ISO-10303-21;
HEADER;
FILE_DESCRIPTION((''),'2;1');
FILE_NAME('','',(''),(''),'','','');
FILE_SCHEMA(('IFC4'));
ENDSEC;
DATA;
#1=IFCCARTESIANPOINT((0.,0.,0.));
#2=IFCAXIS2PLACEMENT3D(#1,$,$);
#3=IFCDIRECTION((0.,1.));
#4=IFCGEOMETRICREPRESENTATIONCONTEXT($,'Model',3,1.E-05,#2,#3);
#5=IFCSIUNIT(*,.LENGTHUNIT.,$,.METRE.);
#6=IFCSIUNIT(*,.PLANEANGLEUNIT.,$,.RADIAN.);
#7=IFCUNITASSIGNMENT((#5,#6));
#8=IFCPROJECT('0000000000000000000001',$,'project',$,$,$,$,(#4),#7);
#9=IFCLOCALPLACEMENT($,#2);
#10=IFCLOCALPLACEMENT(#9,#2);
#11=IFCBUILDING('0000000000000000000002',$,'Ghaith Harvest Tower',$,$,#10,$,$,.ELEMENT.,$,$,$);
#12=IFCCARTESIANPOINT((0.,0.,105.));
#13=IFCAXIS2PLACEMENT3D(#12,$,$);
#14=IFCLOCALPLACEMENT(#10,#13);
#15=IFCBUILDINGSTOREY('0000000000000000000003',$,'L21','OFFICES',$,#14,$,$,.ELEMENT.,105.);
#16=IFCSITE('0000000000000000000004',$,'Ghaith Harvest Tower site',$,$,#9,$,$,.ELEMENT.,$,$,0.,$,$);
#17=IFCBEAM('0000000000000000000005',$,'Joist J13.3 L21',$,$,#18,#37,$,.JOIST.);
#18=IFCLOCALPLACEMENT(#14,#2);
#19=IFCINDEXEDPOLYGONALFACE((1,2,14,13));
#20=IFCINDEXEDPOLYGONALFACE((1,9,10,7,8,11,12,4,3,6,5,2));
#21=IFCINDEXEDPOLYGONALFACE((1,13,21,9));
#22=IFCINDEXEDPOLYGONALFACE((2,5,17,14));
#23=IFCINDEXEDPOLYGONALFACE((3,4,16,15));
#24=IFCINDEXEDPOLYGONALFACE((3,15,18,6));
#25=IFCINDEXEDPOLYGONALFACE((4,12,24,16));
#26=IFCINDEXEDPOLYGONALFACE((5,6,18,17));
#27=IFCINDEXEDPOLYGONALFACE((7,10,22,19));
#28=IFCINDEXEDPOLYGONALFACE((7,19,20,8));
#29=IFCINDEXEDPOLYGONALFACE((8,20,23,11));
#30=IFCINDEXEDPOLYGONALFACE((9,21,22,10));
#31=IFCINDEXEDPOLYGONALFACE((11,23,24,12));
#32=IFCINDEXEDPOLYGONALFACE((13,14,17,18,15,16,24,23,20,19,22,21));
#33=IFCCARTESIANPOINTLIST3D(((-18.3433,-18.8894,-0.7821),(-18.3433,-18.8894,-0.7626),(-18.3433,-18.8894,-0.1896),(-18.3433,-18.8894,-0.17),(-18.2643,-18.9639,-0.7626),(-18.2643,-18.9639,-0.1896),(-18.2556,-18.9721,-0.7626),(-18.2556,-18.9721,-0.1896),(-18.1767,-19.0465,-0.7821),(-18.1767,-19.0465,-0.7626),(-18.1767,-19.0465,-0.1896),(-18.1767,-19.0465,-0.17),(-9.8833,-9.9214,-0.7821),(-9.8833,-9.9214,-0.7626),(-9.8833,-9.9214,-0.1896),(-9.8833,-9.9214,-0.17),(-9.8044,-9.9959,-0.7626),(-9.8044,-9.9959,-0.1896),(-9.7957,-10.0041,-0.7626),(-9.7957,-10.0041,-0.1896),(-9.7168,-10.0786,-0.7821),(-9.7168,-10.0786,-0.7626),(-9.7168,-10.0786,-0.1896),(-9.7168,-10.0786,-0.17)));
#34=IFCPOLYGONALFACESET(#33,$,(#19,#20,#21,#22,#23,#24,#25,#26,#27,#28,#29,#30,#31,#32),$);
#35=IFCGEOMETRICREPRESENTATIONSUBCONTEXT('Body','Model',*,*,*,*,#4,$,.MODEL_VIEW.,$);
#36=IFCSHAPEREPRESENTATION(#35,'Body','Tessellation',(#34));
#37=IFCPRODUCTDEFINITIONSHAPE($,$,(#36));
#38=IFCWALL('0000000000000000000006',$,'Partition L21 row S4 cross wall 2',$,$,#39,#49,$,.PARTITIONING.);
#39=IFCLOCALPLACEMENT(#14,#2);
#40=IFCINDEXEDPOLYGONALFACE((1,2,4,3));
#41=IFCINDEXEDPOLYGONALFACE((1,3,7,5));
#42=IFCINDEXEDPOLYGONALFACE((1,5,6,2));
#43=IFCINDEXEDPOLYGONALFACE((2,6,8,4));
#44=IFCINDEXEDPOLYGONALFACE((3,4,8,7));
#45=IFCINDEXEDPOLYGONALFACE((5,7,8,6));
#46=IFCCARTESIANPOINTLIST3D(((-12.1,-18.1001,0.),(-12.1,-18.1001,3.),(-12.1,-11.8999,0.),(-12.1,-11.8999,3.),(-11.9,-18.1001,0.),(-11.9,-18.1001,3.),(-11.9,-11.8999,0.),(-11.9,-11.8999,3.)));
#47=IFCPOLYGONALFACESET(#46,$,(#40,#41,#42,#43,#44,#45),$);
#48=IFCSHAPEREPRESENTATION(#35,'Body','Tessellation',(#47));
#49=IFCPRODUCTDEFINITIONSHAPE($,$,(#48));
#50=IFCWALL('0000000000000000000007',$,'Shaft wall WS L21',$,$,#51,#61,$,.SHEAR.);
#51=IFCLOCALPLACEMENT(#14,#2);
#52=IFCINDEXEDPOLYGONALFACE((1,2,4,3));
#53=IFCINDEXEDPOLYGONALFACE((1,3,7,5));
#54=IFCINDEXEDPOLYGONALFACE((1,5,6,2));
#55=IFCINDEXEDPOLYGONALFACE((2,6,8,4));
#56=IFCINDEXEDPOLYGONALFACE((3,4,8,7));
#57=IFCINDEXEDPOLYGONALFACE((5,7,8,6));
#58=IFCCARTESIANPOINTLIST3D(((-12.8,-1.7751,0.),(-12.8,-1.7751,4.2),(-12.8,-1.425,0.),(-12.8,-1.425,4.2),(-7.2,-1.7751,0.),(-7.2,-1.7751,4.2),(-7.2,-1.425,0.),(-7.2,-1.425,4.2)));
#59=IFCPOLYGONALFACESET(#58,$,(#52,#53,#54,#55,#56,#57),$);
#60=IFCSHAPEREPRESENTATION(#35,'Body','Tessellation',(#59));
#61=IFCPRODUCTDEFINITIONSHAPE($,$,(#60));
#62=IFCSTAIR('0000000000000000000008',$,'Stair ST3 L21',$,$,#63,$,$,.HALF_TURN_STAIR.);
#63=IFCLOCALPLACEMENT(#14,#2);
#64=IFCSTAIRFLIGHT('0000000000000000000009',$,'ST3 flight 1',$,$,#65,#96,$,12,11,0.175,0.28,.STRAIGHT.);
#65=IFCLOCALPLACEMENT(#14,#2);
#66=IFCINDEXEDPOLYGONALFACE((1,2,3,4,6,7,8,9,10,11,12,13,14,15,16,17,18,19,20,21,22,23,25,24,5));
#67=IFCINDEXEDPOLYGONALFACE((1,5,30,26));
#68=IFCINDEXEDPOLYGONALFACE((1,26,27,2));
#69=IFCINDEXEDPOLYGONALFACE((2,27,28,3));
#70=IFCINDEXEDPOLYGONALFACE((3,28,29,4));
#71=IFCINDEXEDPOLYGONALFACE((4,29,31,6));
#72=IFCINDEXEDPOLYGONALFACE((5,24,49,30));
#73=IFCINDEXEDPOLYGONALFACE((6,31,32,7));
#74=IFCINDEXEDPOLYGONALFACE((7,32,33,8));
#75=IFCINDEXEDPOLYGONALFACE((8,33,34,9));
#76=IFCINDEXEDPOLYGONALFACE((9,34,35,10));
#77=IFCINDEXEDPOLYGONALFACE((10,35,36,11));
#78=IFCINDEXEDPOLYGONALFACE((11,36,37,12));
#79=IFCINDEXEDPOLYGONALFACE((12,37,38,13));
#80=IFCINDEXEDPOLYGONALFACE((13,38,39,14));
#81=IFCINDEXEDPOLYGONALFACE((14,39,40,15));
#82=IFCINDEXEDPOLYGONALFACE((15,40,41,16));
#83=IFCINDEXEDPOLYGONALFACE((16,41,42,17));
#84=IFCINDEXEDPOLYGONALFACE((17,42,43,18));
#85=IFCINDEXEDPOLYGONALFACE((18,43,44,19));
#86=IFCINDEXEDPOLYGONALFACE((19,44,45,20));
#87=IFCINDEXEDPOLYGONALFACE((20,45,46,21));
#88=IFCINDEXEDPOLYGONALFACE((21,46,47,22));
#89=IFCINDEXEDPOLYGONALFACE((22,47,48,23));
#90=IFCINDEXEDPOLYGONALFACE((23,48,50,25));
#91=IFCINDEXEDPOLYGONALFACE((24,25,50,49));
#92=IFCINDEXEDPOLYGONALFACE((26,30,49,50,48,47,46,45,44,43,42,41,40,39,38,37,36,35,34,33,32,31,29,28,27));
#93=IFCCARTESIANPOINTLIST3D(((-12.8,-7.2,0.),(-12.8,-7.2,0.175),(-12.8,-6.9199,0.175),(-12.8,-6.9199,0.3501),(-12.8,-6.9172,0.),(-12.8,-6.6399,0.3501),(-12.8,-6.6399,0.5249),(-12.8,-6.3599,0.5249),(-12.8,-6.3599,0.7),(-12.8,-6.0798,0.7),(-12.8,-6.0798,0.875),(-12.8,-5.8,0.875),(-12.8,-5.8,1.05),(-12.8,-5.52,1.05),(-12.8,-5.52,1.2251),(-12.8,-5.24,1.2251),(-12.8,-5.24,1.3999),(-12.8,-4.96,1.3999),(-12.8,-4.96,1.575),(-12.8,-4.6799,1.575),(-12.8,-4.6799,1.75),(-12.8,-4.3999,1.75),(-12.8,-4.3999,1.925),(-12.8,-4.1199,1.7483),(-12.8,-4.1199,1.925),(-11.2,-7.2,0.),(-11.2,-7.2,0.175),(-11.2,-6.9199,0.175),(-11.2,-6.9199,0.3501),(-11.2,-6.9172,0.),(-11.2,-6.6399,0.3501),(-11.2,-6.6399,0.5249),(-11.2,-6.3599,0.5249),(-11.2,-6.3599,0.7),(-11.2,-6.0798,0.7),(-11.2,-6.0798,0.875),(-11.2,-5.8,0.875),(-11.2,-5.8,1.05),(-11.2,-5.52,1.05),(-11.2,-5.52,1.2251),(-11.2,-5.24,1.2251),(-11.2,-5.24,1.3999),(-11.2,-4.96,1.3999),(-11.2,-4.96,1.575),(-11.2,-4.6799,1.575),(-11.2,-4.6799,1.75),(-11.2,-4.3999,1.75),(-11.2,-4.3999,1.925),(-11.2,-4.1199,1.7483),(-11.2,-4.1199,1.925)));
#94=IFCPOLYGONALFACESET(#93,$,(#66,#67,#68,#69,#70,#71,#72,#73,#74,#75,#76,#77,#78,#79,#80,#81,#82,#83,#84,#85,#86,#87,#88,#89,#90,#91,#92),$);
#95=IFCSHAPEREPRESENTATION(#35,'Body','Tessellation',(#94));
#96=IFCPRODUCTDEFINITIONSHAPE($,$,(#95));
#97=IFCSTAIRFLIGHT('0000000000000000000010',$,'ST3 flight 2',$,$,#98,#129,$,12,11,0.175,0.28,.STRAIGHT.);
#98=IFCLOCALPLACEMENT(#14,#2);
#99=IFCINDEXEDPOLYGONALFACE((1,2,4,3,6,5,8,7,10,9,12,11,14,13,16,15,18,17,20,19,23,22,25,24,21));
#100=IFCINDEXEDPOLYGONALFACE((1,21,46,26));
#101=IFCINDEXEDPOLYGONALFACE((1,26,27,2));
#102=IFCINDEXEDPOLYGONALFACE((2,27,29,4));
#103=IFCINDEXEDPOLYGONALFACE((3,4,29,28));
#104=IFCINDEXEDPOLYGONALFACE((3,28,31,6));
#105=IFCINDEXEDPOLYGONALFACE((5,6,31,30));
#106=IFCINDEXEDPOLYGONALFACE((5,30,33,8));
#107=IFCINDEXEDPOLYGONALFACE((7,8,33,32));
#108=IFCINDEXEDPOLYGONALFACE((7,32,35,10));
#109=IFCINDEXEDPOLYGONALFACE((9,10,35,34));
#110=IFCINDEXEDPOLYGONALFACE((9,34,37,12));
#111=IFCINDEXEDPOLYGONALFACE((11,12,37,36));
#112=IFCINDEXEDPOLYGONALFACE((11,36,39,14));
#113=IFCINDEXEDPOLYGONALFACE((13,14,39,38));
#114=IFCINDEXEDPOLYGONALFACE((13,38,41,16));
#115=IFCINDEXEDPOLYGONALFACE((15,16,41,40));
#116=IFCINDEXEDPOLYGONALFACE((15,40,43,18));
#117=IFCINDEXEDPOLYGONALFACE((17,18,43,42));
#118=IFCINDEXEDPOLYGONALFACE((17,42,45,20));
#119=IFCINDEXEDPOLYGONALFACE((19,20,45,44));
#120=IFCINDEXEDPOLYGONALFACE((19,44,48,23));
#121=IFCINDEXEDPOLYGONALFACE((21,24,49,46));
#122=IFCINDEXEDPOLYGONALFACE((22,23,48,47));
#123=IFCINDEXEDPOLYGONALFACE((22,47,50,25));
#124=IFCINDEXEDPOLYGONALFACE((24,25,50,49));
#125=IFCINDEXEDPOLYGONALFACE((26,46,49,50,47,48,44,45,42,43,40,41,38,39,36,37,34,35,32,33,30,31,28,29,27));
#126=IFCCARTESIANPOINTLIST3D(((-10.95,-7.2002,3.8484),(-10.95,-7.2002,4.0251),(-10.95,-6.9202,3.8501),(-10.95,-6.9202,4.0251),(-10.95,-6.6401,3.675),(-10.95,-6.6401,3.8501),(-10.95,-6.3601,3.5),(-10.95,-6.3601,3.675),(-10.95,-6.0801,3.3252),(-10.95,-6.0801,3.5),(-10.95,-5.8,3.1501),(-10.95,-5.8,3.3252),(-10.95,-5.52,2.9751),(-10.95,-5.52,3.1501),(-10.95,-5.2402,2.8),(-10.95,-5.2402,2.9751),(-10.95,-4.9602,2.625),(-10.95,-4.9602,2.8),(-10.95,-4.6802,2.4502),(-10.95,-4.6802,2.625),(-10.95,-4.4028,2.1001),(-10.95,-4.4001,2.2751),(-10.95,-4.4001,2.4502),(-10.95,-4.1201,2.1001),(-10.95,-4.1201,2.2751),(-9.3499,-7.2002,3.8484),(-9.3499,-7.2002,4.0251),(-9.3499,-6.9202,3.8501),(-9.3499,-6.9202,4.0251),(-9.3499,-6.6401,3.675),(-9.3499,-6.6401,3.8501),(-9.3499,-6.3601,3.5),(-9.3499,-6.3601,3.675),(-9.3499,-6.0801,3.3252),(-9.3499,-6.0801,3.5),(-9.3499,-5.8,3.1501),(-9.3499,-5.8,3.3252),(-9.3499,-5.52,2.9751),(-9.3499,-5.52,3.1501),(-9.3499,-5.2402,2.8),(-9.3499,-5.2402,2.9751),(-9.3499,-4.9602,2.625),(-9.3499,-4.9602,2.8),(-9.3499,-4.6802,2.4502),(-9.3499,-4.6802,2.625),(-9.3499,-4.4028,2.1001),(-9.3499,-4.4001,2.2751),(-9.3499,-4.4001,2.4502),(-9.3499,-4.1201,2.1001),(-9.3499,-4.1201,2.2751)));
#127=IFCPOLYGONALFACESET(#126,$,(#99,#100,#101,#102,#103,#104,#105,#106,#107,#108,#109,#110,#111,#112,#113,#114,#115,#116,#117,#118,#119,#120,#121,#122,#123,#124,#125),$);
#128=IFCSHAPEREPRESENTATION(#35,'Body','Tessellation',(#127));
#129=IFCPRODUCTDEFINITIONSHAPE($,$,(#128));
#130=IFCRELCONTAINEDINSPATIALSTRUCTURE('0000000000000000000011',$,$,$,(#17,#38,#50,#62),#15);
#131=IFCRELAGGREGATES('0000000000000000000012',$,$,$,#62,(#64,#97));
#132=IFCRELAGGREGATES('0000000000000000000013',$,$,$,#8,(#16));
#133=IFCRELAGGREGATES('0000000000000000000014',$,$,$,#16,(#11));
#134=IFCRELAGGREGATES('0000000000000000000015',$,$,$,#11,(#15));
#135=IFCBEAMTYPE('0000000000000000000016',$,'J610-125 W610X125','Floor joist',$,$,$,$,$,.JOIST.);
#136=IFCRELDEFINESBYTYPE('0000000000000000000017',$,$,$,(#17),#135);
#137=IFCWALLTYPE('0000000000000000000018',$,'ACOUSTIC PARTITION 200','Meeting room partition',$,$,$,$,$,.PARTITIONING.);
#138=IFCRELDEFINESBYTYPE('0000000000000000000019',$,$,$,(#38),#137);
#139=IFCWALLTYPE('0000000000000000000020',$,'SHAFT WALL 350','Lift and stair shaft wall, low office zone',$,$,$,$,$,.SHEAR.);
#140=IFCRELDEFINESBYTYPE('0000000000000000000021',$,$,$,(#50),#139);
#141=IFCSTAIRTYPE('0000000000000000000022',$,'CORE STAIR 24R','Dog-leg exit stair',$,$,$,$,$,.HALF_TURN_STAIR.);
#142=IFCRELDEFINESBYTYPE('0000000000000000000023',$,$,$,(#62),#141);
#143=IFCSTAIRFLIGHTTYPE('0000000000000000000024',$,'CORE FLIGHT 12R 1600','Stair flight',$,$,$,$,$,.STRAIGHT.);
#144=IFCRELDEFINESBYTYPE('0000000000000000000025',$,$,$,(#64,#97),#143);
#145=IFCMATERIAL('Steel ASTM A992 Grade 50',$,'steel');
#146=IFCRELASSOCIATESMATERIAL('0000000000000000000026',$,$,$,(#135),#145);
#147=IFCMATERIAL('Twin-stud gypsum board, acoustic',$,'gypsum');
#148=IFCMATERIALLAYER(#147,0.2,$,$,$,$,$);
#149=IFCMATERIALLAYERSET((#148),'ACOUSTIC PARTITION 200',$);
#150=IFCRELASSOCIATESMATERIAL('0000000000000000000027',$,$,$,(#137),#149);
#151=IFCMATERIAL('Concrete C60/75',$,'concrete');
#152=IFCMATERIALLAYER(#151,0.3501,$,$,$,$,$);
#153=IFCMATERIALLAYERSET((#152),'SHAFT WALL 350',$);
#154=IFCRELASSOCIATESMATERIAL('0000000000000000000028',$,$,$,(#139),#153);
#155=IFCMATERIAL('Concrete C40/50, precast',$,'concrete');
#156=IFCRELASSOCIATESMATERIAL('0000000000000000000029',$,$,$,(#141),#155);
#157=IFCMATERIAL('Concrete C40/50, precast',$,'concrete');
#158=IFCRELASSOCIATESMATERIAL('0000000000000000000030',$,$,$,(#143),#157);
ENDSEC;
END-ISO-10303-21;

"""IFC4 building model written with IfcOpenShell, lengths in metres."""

from ifc_helpers import new_model, si_unit, direction, frame, frame_2d, origin, origin_2d, place, context, subcontext, project, spatial, polyline, rectangle, i_section, outline, extrude, material, layer, layer_set, material_profile, profile_set, type_object, element, aggregate, save


model = new_model("IFC4")

# Units and contexts
model_context = context("Model", 3, precision=1e-05, world=origin(), true_north=direction((0.0, 1.0)))
body_context = subcontext(model_context, "Body", "Model", "MODEL_VIEW")
ifc_project = project(units=[si_unit("LENGTHUNIT", "METRE"), si_unit("PLANEANGLEUNIT", "RADIAN")], contexts=[model_context])

# Site, building, storey
site_placement = place(None, origin())
site = spatial("IfcSite", under=ifc_project, at=site_placement, Name="Ghaith Harvest Tower site", CompositionType="ELEMENT", RefElevation=0.0)
building_placement = place(site_placement, origin())
building = spatial("IfcBuilding", under=site, at=building_placement, Name="Ghaith Harvest Tower", CompositionType="ELEMENT")
storey_placement = place(building_placement, frame((0.0, 0.0, 105.0)))
storey = spatial("IfcBuildingStorey", under=building, at=storey_placement, Name="L21", Description="OFFICES", CompositionType="ELEMENT", Elevation=105.0)

# Beam
ifc_material_1 = material(Name="Steel ASTM A992 Grade 50", Category="steel")
ifc_material_profile_1 = material_profile(ifc_material_1, i_section(OverallWidth=0.229, OverallDepth=0.6121, WebThickness=0.012, FlangeThickness=0.0195, at=origin_2d()), Name="W610X125")
ifc_profile_set_1 = profile_set([ifc_material_profile_1], Name="Steel ASTM A992 Grade 50")
beam_type_1 = type_object("IfcBeamType", Name="J610-125 W610X125", Description="Floor joist", PredefinedType="JOIST", material=ifc_profile_set_1)
beam_1_placement = place(storey_placement, frame((-9.8, -10.0, -0.4761), z_axis=(-0.686202, -0.727411, 0.0), x_axis=(0.727411, -0.686202, 0.0)))
element("IfcBeam", 1, at=beam_1_placement, inside=storey, type_object=beam_type_1, Name="Joist J13.3 L21", PredefinedType="JOIST", context=body_context, shape_type="SweptSolid", body=[
    extrude(i_section(OverallWidth=0.229, OverallDepth=0.6121, WebThickness=0.012, FlangeThickness=0.0195, at=origin_2d()), origin(), (0.0, 0.0, 1.0), 12.3286),
])

# Wall
ifc_material_2 = material(Name="Twin-stud gypsum board, acoustic", Category="gypsum")
ifc_layer_1 = layer(ifc_material_2, 0.2)
ifc_layer_set_1 = layer_set([ifc_layer_1], Name="ACOUSTIC PARTITION 200")
wall_type_1 = type_object("IfcWallType", Name="ACOUSTIC PARTITION 200", Description="Meeting room partition", PredefinedType="PARTITIONING", material=ifc_layer_set_1)
wall_1_placement = place(storey_placement, frame((-12.0, -11.8999, 0.0), z_axis=(0.0, 0.0, 1.0), x_axis=(0.0, -1.0, 0.0)))
element("IfcWall", 2, at=wall_1_placement, inside=storey, type_object=wall_type_1, Name="Partition L21 row S4 cross wall 2", PredefinedType="PARTITIONING", context=body_context, shape_type="SweptSolid", body=[
    extrude(rectangle(XDim=6.2002, YDim=0.2, at=frame_2d((3.1001, 0.0))), origin(), (0.0, 0.0, 1.0), 3.0),
])

# Wall
ifc_material_3 = material(Name="Concrete C60/75", Category="concrete")
ifc_layer_2 = layer(ifc_material_3, 0.3501)
ifc_layer_set_2 = layer_set([ifc_layer_2], Name="SHAFT WALL 350")
wall_type_2 = type_object("IfcWallType", Name="SHAFT WALL 350", Description="Lift and stair shaft wall, low office zone", PredefinedType="SHEAR", material=ifc_layer_set_2)
wall_2_placement = place(storey_placement, frame((-12.8, -1.6001, 0.0), z_axis=(0.0, 0.0, 1.0), x_axis=(1.0, 0.0, 0.0)))
element("IfcWall", 3, at=wall_2_placement, inside=storey, type_object=wall_type_2, Name="Shaft wall WS L21", PredefinedType="SHEAR", context=body_context, shape_type="SweptSolid", body=[
    extrude(rectangle(XDim=5.6001, YDim=0.3501, at=frame_2d((2.8, 0.0))), origin(), (0.0, 0.0, 1.0), 4.2),
])

# Stair, stair flights
ifc_material_4 = material(Name="Concrete C40/50, precast", Category="concrete")
stair_type = type_object("IfcStairType", Name="CORE STAIR 24R", Description="Dog-leg exit stair", PredefinedType="HALF_TURN_STAIR", material=ifc_material_4)
stair_placement = place(storey_placement, origin())
stair = element("IfcStair", 4, at=stair_placement, inside=storey, type_object=stair_type, Name="Stair ST3 L21", PredefinedType="HALF_TURN_STAIR")
ifc_material_5 = material(Name="Concrete C40/50, precast", Category="concrete")
stair_flight_type = type_object("IfcStairFlightType", Name="CORE FLIGHT 12R 1600", Description="Stair flight", PredefinedType="STRAIGHT", material=ifc_material_5)
stair_flight_1_placement = place(storey_placement, frame((-12.0, -7.2, 0.0), z_axis=(0.0, 0.0, 1.0), x_axis=(0.0, 1.0, 0.0)))
stair_flight_1 = element("IfcStairFlight", 5, at=stair_flight_1_placement, type_object=stair_flight_type, Name="ST3 flight 1", NumberOfRisers=12, NumberOfTreads=11, PredefinedType="STRAIGHT", RiserHeight=0.175, TreadLength=0.28, context=body_context, shape_type="SweptSolid", body=[
    extrude(outline(polyline([(0.0, 0.0), (0.0, 0.175), (0.28, 0.175), (0.28, 0.3501), (0.5601, 0.3501), (0.5601, 0.5249), (0.8401, 0.5249), (0.8401, 0.7), (1.1201, 0.7), (1.1201, 0.875), (1.3999, 0.875), (1.3999, 1.05), (1.6799, 1.05), (1.6799, 1.2251), (1.96, 1.2251), (1.96, 1.3999), (2.24, 1.3999), (2.24, 1.575), (2.52, 1.575), (2.52, 1.75), (2.8, 1.75), (2.8, 1.925), (3.0801, 1.925), (3.0801, 2.1001), (3.0801, 1.7483), (0.2827, 0.0), (0.0, 0.0)])), frame((0.0, 0.8, 0.0), z_axis=(0.0, -1.0, 0.0), x_axis=(1.0, 0.0, 0.0)), (0.0, 0.0, 1.0), 1.6001),
])
stair_flight_2_placement = place(storey_placement, frame((-10.1499, -4.1201, 2.1001), z_axis=(0.0, 0.0, 1.0), x_axis=(0.0, -1.0, 0.0)))
stair_flight_2 = element("IfcStairFlight", 6, at=stair_flight_2_placement, type_object=stair_flight_type, Name="ST3 flight 2", NumberOfRisers=12, NumberOfTreads=11, PredefinedType="STRAIGHT", RiserHeight=0.175, TreadLength=0.28, context=body_context, shape_type="SweptSolid", body=[
    extrude(outline(polyline([(0.0, 0.0), (0.0, 0.175), (0.28, 0.175), (0.28, 0.3501), (0.5601, 0.3501), (0.5601, 0.5249), (0.8401, 0.5249), (0.8401, 0.7), (1.1201, 0.7), (1.1201, 0.875), (1.3999, 0.875), (1.3999, 1.05), (1.6799, 1.05), (1.6799, 1.2251), (1.96, 1.2251), (1.96, 1.3999), (2.24, 1.3999), (2.24, 1.575), (2.52, 1.575), (2.52, 1.75), (2.8, 1.75), (2.8, 1.925), (3.0801, 1.925), (3.0801, 2.1001), (3.0801, 1.7483), (0.2827, 0.0), (0.0, 0.0)])), frame((0.0, 0.8, 0.0), z_axis=(0.0, -1.0, 0.0), x_axis=(1.0, 0.0, 0.0)), (0.0, 0.0, 1.0), 1.6001),
])
aggregate(stair, [stair_flight_1, stair_flight_2])

save(model, "model.ifc")
